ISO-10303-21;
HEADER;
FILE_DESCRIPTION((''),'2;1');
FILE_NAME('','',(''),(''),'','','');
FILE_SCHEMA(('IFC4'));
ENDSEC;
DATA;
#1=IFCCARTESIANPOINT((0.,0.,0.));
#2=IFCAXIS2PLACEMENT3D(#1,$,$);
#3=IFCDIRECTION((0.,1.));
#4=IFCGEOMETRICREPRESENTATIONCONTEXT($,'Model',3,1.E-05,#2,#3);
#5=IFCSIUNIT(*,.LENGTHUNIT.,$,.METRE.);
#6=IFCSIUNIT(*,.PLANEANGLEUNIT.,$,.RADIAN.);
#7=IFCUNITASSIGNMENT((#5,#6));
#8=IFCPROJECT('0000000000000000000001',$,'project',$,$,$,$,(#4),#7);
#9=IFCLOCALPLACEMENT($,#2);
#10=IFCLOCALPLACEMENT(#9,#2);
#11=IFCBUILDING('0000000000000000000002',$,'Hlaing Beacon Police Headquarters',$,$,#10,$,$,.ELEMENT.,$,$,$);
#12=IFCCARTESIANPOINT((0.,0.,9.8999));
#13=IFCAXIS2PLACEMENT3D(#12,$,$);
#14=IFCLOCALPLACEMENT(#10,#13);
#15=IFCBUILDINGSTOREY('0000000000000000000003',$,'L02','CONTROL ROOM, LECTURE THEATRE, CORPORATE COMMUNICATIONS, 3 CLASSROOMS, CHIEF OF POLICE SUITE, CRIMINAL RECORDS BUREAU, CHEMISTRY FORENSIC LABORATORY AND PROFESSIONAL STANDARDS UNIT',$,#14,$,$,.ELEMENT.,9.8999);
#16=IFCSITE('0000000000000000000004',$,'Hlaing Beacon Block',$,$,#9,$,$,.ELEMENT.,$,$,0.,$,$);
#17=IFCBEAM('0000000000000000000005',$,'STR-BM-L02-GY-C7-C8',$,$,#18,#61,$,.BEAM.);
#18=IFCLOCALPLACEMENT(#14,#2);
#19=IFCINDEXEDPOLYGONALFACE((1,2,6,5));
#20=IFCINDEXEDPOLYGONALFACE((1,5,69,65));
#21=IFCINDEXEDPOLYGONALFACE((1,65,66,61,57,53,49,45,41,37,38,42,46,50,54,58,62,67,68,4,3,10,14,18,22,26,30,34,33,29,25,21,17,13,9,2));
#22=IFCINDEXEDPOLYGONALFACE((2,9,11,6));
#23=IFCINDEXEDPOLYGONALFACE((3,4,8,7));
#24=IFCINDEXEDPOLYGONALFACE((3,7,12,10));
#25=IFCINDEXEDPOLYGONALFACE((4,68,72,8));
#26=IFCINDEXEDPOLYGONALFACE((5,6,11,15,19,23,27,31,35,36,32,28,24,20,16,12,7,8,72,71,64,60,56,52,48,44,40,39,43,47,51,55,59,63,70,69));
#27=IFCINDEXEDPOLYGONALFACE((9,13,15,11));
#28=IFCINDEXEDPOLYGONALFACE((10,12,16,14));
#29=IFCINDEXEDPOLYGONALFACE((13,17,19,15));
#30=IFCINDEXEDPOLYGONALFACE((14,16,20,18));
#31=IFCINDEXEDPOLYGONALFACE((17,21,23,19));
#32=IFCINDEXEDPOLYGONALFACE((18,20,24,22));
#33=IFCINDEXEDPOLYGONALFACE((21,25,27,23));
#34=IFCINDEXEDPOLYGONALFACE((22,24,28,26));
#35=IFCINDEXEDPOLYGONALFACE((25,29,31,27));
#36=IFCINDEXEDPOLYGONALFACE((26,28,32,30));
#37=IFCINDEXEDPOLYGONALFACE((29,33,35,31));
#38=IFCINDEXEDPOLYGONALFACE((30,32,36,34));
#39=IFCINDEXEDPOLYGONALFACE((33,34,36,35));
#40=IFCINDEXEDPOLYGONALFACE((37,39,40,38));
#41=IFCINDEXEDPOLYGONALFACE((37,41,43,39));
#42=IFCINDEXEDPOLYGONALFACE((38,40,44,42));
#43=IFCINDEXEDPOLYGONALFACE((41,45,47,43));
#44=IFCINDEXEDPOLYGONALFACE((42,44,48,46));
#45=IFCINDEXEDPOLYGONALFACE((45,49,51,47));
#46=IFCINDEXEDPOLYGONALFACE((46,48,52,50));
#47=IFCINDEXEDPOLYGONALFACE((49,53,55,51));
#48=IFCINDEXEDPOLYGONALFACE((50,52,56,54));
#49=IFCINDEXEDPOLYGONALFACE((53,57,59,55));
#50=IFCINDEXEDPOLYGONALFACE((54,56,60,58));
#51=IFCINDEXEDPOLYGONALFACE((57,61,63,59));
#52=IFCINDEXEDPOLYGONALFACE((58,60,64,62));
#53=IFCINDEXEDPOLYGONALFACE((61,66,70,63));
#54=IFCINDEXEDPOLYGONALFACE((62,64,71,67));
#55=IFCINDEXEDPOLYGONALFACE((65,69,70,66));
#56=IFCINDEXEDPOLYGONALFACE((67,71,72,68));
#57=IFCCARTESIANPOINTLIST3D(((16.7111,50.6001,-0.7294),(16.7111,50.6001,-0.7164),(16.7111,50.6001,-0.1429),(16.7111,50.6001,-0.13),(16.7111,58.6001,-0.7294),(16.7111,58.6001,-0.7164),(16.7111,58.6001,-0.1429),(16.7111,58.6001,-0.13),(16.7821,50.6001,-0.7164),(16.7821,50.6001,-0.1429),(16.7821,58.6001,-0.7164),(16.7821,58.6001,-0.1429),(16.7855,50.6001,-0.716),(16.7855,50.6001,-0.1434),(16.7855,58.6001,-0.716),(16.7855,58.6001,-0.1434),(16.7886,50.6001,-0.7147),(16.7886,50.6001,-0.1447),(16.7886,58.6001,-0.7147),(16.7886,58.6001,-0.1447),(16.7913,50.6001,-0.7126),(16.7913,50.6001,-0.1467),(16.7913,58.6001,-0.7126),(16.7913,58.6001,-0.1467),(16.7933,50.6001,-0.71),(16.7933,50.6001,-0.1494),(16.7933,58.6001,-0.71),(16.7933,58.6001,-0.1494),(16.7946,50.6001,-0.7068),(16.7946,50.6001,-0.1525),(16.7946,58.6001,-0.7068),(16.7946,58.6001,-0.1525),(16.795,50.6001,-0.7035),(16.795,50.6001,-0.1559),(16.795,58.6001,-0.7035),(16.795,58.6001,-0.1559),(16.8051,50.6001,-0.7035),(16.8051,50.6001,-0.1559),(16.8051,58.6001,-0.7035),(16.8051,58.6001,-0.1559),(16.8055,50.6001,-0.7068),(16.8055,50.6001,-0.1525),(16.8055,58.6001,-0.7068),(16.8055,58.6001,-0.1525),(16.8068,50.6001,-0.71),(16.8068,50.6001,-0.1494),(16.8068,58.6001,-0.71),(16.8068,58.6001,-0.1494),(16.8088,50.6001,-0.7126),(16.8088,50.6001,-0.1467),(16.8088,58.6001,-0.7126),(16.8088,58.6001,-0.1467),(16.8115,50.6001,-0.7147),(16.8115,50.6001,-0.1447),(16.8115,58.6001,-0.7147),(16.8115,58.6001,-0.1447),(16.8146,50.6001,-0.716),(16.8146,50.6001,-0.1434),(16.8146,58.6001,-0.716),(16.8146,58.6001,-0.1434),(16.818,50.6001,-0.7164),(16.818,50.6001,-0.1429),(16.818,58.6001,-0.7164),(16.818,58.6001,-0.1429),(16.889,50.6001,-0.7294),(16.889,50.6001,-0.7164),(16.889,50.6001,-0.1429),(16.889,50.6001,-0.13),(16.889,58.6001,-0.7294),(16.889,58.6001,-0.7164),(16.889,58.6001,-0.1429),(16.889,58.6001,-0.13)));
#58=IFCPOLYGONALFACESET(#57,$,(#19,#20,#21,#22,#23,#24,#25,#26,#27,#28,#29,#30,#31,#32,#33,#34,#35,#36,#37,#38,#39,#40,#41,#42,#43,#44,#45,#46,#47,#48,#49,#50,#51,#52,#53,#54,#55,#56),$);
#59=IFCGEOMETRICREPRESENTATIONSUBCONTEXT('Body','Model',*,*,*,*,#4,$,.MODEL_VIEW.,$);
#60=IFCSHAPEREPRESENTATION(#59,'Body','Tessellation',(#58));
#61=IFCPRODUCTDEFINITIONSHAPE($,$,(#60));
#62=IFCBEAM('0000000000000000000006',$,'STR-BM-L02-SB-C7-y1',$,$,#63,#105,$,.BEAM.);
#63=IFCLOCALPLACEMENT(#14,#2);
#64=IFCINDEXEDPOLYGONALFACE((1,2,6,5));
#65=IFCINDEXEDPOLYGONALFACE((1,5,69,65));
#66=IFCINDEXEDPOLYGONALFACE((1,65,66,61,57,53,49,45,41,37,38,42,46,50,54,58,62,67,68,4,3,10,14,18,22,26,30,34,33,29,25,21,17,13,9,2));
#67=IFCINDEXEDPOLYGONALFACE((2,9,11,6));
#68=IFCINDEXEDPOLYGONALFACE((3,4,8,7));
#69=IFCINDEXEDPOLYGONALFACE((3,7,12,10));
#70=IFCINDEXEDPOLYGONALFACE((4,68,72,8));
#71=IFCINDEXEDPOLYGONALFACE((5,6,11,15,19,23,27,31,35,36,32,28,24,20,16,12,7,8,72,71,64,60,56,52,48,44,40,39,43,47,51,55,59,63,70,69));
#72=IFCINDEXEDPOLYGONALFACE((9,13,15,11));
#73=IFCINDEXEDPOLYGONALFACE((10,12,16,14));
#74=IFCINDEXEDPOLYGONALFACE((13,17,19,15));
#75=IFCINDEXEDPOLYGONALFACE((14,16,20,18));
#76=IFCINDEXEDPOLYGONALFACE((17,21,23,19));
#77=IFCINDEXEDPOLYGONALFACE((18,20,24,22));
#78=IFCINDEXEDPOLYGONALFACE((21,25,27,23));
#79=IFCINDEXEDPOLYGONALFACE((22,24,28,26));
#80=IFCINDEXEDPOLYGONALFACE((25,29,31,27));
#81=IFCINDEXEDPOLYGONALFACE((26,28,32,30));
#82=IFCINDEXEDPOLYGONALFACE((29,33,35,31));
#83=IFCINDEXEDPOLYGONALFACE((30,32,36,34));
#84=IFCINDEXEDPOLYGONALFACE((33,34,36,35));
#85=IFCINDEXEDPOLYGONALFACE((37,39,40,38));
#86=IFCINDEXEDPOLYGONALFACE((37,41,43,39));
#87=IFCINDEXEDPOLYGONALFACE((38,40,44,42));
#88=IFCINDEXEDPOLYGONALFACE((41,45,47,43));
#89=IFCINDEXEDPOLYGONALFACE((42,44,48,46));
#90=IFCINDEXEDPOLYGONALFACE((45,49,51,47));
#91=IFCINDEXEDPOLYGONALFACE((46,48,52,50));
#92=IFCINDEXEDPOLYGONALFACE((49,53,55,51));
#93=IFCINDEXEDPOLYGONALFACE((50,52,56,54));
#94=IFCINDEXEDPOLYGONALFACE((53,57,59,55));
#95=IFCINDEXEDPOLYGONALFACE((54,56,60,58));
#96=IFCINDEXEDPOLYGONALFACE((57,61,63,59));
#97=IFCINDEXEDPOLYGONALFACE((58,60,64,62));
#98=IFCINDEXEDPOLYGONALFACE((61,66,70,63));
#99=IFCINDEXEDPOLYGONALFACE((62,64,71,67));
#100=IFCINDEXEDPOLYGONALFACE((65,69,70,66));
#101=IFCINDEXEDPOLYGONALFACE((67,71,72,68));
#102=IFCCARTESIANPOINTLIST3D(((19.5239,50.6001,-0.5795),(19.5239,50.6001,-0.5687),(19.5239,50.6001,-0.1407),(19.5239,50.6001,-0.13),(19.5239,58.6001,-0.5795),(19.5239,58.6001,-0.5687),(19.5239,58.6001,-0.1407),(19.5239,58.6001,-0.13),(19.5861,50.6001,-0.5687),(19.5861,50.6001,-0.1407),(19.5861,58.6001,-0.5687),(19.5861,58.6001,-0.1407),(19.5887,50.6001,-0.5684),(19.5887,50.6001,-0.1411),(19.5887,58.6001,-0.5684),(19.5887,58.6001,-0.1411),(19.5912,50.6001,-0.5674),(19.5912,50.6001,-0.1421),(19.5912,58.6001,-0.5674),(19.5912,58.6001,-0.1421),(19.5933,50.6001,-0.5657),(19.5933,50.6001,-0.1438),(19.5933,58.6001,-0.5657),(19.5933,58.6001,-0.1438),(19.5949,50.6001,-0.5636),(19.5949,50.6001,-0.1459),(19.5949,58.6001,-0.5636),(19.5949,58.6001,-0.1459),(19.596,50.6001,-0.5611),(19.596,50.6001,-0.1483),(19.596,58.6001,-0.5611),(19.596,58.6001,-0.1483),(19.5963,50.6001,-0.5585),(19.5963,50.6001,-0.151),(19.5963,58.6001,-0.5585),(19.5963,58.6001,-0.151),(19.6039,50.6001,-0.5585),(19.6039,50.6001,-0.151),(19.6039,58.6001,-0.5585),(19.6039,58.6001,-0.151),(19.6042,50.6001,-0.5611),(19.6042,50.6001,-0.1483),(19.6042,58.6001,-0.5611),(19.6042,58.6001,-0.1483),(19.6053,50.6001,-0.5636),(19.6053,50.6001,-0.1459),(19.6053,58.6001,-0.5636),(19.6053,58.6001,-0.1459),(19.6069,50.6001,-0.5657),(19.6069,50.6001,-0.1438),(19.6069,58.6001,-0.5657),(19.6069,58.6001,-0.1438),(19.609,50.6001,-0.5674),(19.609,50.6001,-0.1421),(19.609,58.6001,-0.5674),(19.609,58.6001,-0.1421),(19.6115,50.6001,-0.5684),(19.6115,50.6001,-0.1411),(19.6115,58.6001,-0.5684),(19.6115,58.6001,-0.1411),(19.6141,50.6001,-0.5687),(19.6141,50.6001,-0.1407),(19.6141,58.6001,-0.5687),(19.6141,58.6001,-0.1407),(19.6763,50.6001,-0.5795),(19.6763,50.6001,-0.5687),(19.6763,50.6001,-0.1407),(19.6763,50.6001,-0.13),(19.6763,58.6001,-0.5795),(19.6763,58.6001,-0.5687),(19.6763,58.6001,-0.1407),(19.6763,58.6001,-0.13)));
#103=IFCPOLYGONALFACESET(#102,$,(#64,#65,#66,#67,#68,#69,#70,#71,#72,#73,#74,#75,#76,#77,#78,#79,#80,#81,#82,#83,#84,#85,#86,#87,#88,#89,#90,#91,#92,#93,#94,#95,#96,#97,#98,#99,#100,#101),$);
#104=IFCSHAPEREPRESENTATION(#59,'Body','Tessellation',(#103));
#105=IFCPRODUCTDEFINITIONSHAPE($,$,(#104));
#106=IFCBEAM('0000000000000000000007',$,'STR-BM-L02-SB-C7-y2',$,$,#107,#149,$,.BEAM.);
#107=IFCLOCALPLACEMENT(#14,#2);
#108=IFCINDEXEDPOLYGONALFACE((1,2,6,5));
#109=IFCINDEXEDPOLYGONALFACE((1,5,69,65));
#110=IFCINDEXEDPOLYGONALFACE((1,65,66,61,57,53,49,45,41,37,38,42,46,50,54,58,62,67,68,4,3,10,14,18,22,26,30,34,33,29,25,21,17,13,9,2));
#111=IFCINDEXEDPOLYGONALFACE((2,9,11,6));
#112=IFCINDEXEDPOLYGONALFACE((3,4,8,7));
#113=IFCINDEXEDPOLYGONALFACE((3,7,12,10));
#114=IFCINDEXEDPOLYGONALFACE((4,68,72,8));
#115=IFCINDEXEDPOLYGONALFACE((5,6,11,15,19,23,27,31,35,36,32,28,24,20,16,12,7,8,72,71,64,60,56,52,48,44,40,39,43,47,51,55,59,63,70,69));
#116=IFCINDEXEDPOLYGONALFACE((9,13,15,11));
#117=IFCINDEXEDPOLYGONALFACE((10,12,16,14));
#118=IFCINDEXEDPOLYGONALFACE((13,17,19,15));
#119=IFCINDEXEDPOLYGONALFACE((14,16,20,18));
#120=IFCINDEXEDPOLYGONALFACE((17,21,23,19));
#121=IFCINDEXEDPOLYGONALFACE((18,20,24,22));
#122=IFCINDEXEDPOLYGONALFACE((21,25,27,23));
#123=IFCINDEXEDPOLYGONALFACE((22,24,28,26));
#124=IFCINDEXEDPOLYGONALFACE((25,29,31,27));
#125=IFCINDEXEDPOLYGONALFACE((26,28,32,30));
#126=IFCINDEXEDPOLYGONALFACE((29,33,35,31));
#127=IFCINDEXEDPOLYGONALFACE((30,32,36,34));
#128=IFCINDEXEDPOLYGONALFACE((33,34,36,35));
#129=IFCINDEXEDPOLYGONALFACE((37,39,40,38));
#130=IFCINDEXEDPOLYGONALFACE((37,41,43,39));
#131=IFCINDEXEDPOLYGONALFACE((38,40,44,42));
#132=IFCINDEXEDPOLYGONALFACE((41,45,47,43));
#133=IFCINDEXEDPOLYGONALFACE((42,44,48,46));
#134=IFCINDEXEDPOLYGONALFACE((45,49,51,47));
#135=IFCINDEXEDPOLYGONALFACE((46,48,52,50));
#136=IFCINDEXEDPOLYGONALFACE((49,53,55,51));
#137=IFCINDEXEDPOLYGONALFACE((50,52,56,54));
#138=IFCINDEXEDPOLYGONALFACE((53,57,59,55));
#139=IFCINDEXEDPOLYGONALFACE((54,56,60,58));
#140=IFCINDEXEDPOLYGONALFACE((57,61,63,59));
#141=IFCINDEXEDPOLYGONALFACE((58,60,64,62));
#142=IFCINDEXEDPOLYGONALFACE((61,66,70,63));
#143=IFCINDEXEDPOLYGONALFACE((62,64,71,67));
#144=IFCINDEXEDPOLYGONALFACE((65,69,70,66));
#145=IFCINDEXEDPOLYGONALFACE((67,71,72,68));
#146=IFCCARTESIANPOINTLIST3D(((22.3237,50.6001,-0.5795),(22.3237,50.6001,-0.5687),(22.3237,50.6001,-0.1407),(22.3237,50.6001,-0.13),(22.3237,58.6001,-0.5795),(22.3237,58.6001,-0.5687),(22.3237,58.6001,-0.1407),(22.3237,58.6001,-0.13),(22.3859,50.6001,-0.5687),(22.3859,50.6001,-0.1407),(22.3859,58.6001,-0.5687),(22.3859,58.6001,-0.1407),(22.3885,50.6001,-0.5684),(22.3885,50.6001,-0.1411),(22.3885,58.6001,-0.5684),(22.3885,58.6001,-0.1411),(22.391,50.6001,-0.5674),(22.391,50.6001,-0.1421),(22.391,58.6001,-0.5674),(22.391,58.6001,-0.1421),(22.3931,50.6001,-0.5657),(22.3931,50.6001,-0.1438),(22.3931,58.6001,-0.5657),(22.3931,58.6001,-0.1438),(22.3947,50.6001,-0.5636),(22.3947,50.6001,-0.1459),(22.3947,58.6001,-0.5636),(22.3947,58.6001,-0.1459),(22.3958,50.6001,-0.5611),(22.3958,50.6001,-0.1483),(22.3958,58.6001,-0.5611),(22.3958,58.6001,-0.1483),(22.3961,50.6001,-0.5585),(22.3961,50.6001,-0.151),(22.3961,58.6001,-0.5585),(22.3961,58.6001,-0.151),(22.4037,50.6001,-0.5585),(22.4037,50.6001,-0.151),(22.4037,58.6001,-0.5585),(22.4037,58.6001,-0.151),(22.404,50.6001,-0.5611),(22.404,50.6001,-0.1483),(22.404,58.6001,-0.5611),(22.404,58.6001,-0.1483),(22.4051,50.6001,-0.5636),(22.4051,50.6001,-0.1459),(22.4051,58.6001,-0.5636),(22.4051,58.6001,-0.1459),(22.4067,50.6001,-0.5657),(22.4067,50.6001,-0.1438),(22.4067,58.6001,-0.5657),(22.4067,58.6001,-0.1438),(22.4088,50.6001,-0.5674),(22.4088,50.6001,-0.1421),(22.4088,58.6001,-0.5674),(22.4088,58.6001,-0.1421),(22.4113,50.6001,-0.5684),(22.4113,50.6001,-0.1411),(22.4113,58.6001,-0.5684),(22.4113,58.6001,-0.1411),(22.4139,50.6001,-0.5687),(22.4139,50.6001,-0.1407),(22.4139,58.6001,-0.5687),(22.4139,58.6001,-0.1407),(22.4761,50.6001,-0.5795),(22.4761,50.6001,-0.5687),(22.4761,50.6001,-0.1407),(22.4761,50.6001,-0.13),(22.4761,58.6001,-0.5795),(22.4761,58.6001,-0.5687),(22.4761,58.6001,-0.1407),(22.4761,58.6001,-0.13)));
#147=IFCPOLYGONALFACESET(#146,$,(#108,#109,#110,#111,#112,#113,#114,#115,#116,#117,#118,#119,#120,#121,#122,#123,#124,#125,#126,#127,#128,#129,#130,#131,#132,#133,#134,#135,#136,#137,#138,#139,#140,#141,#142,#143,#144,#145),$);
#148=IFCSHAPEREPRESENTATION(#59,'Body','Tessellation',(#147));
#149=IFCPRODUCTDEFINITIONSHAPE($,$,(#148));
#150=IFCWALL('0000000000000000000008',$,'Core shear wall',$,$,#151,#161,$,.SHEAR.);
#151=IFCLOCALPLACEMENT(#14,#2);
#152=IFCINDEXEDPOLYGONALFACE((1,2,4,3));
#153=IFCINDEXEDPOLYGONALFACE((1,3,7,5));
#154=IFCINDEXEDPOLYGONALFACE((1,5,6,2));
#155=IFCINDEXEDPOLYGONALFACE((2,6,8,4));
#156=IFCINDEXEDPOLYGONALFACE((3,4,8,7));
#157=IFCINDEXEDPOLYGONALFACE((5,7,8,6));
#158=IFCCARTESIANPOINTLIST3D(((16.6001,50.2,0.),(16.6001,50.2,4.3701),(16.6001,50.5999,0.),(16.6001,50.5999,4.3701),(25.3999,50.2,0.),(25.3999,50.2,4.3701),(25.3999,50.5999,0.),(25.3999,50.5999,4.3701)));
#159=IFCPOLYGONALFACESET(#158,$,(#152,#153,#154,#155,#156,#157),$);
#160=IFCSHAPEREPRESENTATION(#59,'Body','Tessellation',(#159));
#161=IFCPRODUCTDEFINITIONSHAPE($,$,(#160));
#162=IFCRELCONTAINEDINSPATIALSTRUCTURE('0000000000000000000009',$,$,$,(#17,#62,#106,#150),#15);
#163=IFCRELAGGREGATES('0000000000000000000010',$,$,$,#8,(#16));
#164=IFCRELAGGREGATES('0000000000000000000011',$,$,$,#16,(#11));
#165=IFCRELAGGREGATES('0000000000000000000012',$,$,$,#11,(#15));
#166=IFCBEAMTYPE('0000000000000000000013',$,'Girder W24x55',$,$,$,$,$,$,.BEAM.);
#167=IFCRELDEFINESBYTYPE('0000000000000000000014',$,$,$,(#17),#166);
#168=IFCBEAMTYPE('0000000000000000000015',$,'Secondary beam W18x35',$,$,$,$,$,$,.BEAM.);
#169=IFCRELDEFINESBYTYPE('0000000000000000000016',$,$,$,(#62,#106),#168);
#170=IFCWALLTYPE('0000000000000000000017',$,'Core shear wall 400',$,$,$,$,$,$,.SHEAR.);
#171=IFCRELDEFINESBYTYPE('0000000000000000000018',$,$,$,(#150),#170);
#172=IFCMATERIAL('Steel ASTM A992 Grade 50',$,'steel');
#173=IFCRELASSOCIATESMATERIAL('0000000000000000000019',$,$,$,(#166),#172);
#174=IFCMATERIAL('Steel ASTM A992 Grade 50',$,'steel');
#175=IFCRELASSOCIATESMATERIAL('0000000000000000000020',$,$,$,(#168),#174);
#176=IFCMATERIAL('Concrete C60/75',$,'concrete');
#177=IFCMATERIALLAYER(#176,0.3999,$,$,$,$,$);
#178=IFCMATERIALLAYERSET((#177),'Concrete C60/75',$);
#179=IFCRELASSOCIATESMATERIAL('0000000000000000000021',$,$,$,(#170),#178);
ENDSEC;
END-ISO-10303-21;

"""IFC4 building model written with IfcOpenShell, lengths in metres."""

from ifc_helpers import new_model, si_unit, direction, frame, frame_2d, origin, origin_2d, place, context, subcontext, project, spatial, rectangle, i_section, extrude, material, layer, layer_set, material_profile, profile_set, type_object, element, save


model = new_model("IFC4")

# Units and contexts
model_context = context("Model", 3, precision=1e-05, world=origin(), true_north=direction((0.0, 1.0)))
body_context = subcontext(model_context, "Body", "Model", "MODEL_VIEW")
ifc_project = project(units=[si_unit("LENGTHUNIT", "METRE"), si_unit("PLANEANGLEUNIT", "RADIAN")], contexts=[model_context])

# Site, building, storey
site_placement = place(None, origin())
site = spatial("IfcSite", under=ifc_project, at=site_placement, Name="Hlaing Beacon Block", CompositionType="ELEMENT", RefElevation=0.0)
building_placement = place(site_placement, origin())
building = spatial("IfcBuilding", under=site, at=building_placement, Name="Hlaing Beacon Police Headquarters", CompositionType="ELEMENT")
storey_placement = place(building_placement, frame((0.0, 0.0, 9.8999)))
storey = spatial("IfcBuildingStorey", under=building, at=storey_placement, Name="L02", Description="CONTROL ROOM, LECTURE THEATRE, CORPORATE COMMUNICATIONS, 3 CLASSROOMS, CHIEF OF POLICE SUITE, CRIMINAL RECORDS BUREAU, CHEMISTRY FORENSIC LABORATORY AND PROFESSIONAL STANDARDS UNIT", CompositionType="ELEMENT", Elevation=9.8999)

# Beams
ifc_material_1 = material(Name="Steel ASTM A992 Grade 50", Category="steel")
ifc_material_profile_1 = material_profile(ifc_material_1, i_section(OverallWidth=0.178, OverallDepth=0.5994, WebThickness=0.01, FlangeThickness=0.0129, FilletRadius=0.0129, at=origin_2d()), Name="W24x55")
ifc_profile_set_1 = profile_set([ifc_material_profile_1], Name="Steel ASTM A992 Grade 50")
beam_type_1 = type_object("IfcBeamType", Name="Girder W24x55", PredefinedType="BEAM", material=ifc_profile_set_1)
beam_placement = place(storey_placement, frame((16.8, 50.6001, -0.4297), z_axis=(0.0, 1.0, 0.0), x_axis=(-1.0, 0.0, 0.0)))
element("IfcBeam", 1, at=beam_placement, inside=storey, type_object=beam_type_1, Name="STR-BM-L02-GY-C7-C8", PredefinedType="BEAM", context=body_context, shape_type="SweptSolid", body=[
    extrude(i_section(OverallWidth=0.178, OverallDepth=0.5994, WebThickness=0.01, FlangeThickness=0.0129, FilletRadius=0.0129, at=origin_2d()), origin(), (0.0, 0.0, 1.0), 8.0),
])
ifc_material_2 = material(Name="Steel ASTM A992 Grade 50", Category="steel")
ifc_material_profile_2 = material_profile(ifc_material_2, i_section(OverallWidth=0.1523, OverallDepth=0.4495, WebThickness=0.0076, FlangeThickness=0.0107, FilletRadius=0.0103, at=origin_2d()), Name="W18x35")
ifc_profile_set_2 = profile_set([ifc_material_profile_2], Name="Steel ASTM A992 Grade 50")
beam_type_2 = type_object("IfcBeamType", Name="Secondary beam W18x35", PredefinedType="BEAM", material=ifc_profile_set_2)
for number, where, z_axis, x_axis, name in (
    (2, (19.6001, 50.6001, -0.3547), (0.0, 1.0, 0.0), (-1.0, 0.0, 0.0), "STR-BM-L02-SB-C7-y1"),
    (3, (22.3999, 50.6001, -0.3547), (0.0, 1.0, 0.0), (-1.0, 0.0, 0.0), "STR-BM-L02-SB-C7-y2"),
):
    element("IfcBeam", number, at=place(storey_placement, frame(where, z_axis=z_axis, x_axis=x_axis)), inside=storey, type_object=beam_type_2, Name=name, PredefinedType="BEAM", context=body_context, shape_type="SweptSolid", body=[
        extrude(i_section(OverallWidth=0.1523, OverallDepth=0.4495, WebThickness=0.0076, FlangeThickness=0.0107, FilletRadius=0.0103, at=origin_2d()), origin(), (0.0, 0.0, 1.0), 8.0),
    ])

# Wall
ifc_material_3 = material(Name="Concrete C60/75", Category="concrete")
ifc_layer_1 = layer(ifc_material_3, 0.3999)
ifc_layer_set_1 = layer_set([ifc_layer_1], Name="Concrete C60/75")
wall_type_1 = type_object("IfcWallType", Name="Core shear wall 400", PredefinedType="SHEAR", material=ifc_layer_set_1)
wall_1_placement = place(storey_placement, frame((16.6001, 50.3999, 0.0), z_axis=(0.0, 0.0, 1.0), x_axis=(1.0, 0.0, 0.0)))
element("IfcWall", 4, at=wall_1_placement, inside=storey, type_object=wall_type_1, Name="Core shear wall", PredefinedType="SHEAR", context=body_context, shape_type="SweptSolid", body=[
    extrude(rectangle(XDim=8.7998, YDim=0.3999, at=frame_2d((4.3999, 0.0))), origin(), (0.0, 0.0, 1.0), 4.3701),
])

save(model, "model.ifc")
